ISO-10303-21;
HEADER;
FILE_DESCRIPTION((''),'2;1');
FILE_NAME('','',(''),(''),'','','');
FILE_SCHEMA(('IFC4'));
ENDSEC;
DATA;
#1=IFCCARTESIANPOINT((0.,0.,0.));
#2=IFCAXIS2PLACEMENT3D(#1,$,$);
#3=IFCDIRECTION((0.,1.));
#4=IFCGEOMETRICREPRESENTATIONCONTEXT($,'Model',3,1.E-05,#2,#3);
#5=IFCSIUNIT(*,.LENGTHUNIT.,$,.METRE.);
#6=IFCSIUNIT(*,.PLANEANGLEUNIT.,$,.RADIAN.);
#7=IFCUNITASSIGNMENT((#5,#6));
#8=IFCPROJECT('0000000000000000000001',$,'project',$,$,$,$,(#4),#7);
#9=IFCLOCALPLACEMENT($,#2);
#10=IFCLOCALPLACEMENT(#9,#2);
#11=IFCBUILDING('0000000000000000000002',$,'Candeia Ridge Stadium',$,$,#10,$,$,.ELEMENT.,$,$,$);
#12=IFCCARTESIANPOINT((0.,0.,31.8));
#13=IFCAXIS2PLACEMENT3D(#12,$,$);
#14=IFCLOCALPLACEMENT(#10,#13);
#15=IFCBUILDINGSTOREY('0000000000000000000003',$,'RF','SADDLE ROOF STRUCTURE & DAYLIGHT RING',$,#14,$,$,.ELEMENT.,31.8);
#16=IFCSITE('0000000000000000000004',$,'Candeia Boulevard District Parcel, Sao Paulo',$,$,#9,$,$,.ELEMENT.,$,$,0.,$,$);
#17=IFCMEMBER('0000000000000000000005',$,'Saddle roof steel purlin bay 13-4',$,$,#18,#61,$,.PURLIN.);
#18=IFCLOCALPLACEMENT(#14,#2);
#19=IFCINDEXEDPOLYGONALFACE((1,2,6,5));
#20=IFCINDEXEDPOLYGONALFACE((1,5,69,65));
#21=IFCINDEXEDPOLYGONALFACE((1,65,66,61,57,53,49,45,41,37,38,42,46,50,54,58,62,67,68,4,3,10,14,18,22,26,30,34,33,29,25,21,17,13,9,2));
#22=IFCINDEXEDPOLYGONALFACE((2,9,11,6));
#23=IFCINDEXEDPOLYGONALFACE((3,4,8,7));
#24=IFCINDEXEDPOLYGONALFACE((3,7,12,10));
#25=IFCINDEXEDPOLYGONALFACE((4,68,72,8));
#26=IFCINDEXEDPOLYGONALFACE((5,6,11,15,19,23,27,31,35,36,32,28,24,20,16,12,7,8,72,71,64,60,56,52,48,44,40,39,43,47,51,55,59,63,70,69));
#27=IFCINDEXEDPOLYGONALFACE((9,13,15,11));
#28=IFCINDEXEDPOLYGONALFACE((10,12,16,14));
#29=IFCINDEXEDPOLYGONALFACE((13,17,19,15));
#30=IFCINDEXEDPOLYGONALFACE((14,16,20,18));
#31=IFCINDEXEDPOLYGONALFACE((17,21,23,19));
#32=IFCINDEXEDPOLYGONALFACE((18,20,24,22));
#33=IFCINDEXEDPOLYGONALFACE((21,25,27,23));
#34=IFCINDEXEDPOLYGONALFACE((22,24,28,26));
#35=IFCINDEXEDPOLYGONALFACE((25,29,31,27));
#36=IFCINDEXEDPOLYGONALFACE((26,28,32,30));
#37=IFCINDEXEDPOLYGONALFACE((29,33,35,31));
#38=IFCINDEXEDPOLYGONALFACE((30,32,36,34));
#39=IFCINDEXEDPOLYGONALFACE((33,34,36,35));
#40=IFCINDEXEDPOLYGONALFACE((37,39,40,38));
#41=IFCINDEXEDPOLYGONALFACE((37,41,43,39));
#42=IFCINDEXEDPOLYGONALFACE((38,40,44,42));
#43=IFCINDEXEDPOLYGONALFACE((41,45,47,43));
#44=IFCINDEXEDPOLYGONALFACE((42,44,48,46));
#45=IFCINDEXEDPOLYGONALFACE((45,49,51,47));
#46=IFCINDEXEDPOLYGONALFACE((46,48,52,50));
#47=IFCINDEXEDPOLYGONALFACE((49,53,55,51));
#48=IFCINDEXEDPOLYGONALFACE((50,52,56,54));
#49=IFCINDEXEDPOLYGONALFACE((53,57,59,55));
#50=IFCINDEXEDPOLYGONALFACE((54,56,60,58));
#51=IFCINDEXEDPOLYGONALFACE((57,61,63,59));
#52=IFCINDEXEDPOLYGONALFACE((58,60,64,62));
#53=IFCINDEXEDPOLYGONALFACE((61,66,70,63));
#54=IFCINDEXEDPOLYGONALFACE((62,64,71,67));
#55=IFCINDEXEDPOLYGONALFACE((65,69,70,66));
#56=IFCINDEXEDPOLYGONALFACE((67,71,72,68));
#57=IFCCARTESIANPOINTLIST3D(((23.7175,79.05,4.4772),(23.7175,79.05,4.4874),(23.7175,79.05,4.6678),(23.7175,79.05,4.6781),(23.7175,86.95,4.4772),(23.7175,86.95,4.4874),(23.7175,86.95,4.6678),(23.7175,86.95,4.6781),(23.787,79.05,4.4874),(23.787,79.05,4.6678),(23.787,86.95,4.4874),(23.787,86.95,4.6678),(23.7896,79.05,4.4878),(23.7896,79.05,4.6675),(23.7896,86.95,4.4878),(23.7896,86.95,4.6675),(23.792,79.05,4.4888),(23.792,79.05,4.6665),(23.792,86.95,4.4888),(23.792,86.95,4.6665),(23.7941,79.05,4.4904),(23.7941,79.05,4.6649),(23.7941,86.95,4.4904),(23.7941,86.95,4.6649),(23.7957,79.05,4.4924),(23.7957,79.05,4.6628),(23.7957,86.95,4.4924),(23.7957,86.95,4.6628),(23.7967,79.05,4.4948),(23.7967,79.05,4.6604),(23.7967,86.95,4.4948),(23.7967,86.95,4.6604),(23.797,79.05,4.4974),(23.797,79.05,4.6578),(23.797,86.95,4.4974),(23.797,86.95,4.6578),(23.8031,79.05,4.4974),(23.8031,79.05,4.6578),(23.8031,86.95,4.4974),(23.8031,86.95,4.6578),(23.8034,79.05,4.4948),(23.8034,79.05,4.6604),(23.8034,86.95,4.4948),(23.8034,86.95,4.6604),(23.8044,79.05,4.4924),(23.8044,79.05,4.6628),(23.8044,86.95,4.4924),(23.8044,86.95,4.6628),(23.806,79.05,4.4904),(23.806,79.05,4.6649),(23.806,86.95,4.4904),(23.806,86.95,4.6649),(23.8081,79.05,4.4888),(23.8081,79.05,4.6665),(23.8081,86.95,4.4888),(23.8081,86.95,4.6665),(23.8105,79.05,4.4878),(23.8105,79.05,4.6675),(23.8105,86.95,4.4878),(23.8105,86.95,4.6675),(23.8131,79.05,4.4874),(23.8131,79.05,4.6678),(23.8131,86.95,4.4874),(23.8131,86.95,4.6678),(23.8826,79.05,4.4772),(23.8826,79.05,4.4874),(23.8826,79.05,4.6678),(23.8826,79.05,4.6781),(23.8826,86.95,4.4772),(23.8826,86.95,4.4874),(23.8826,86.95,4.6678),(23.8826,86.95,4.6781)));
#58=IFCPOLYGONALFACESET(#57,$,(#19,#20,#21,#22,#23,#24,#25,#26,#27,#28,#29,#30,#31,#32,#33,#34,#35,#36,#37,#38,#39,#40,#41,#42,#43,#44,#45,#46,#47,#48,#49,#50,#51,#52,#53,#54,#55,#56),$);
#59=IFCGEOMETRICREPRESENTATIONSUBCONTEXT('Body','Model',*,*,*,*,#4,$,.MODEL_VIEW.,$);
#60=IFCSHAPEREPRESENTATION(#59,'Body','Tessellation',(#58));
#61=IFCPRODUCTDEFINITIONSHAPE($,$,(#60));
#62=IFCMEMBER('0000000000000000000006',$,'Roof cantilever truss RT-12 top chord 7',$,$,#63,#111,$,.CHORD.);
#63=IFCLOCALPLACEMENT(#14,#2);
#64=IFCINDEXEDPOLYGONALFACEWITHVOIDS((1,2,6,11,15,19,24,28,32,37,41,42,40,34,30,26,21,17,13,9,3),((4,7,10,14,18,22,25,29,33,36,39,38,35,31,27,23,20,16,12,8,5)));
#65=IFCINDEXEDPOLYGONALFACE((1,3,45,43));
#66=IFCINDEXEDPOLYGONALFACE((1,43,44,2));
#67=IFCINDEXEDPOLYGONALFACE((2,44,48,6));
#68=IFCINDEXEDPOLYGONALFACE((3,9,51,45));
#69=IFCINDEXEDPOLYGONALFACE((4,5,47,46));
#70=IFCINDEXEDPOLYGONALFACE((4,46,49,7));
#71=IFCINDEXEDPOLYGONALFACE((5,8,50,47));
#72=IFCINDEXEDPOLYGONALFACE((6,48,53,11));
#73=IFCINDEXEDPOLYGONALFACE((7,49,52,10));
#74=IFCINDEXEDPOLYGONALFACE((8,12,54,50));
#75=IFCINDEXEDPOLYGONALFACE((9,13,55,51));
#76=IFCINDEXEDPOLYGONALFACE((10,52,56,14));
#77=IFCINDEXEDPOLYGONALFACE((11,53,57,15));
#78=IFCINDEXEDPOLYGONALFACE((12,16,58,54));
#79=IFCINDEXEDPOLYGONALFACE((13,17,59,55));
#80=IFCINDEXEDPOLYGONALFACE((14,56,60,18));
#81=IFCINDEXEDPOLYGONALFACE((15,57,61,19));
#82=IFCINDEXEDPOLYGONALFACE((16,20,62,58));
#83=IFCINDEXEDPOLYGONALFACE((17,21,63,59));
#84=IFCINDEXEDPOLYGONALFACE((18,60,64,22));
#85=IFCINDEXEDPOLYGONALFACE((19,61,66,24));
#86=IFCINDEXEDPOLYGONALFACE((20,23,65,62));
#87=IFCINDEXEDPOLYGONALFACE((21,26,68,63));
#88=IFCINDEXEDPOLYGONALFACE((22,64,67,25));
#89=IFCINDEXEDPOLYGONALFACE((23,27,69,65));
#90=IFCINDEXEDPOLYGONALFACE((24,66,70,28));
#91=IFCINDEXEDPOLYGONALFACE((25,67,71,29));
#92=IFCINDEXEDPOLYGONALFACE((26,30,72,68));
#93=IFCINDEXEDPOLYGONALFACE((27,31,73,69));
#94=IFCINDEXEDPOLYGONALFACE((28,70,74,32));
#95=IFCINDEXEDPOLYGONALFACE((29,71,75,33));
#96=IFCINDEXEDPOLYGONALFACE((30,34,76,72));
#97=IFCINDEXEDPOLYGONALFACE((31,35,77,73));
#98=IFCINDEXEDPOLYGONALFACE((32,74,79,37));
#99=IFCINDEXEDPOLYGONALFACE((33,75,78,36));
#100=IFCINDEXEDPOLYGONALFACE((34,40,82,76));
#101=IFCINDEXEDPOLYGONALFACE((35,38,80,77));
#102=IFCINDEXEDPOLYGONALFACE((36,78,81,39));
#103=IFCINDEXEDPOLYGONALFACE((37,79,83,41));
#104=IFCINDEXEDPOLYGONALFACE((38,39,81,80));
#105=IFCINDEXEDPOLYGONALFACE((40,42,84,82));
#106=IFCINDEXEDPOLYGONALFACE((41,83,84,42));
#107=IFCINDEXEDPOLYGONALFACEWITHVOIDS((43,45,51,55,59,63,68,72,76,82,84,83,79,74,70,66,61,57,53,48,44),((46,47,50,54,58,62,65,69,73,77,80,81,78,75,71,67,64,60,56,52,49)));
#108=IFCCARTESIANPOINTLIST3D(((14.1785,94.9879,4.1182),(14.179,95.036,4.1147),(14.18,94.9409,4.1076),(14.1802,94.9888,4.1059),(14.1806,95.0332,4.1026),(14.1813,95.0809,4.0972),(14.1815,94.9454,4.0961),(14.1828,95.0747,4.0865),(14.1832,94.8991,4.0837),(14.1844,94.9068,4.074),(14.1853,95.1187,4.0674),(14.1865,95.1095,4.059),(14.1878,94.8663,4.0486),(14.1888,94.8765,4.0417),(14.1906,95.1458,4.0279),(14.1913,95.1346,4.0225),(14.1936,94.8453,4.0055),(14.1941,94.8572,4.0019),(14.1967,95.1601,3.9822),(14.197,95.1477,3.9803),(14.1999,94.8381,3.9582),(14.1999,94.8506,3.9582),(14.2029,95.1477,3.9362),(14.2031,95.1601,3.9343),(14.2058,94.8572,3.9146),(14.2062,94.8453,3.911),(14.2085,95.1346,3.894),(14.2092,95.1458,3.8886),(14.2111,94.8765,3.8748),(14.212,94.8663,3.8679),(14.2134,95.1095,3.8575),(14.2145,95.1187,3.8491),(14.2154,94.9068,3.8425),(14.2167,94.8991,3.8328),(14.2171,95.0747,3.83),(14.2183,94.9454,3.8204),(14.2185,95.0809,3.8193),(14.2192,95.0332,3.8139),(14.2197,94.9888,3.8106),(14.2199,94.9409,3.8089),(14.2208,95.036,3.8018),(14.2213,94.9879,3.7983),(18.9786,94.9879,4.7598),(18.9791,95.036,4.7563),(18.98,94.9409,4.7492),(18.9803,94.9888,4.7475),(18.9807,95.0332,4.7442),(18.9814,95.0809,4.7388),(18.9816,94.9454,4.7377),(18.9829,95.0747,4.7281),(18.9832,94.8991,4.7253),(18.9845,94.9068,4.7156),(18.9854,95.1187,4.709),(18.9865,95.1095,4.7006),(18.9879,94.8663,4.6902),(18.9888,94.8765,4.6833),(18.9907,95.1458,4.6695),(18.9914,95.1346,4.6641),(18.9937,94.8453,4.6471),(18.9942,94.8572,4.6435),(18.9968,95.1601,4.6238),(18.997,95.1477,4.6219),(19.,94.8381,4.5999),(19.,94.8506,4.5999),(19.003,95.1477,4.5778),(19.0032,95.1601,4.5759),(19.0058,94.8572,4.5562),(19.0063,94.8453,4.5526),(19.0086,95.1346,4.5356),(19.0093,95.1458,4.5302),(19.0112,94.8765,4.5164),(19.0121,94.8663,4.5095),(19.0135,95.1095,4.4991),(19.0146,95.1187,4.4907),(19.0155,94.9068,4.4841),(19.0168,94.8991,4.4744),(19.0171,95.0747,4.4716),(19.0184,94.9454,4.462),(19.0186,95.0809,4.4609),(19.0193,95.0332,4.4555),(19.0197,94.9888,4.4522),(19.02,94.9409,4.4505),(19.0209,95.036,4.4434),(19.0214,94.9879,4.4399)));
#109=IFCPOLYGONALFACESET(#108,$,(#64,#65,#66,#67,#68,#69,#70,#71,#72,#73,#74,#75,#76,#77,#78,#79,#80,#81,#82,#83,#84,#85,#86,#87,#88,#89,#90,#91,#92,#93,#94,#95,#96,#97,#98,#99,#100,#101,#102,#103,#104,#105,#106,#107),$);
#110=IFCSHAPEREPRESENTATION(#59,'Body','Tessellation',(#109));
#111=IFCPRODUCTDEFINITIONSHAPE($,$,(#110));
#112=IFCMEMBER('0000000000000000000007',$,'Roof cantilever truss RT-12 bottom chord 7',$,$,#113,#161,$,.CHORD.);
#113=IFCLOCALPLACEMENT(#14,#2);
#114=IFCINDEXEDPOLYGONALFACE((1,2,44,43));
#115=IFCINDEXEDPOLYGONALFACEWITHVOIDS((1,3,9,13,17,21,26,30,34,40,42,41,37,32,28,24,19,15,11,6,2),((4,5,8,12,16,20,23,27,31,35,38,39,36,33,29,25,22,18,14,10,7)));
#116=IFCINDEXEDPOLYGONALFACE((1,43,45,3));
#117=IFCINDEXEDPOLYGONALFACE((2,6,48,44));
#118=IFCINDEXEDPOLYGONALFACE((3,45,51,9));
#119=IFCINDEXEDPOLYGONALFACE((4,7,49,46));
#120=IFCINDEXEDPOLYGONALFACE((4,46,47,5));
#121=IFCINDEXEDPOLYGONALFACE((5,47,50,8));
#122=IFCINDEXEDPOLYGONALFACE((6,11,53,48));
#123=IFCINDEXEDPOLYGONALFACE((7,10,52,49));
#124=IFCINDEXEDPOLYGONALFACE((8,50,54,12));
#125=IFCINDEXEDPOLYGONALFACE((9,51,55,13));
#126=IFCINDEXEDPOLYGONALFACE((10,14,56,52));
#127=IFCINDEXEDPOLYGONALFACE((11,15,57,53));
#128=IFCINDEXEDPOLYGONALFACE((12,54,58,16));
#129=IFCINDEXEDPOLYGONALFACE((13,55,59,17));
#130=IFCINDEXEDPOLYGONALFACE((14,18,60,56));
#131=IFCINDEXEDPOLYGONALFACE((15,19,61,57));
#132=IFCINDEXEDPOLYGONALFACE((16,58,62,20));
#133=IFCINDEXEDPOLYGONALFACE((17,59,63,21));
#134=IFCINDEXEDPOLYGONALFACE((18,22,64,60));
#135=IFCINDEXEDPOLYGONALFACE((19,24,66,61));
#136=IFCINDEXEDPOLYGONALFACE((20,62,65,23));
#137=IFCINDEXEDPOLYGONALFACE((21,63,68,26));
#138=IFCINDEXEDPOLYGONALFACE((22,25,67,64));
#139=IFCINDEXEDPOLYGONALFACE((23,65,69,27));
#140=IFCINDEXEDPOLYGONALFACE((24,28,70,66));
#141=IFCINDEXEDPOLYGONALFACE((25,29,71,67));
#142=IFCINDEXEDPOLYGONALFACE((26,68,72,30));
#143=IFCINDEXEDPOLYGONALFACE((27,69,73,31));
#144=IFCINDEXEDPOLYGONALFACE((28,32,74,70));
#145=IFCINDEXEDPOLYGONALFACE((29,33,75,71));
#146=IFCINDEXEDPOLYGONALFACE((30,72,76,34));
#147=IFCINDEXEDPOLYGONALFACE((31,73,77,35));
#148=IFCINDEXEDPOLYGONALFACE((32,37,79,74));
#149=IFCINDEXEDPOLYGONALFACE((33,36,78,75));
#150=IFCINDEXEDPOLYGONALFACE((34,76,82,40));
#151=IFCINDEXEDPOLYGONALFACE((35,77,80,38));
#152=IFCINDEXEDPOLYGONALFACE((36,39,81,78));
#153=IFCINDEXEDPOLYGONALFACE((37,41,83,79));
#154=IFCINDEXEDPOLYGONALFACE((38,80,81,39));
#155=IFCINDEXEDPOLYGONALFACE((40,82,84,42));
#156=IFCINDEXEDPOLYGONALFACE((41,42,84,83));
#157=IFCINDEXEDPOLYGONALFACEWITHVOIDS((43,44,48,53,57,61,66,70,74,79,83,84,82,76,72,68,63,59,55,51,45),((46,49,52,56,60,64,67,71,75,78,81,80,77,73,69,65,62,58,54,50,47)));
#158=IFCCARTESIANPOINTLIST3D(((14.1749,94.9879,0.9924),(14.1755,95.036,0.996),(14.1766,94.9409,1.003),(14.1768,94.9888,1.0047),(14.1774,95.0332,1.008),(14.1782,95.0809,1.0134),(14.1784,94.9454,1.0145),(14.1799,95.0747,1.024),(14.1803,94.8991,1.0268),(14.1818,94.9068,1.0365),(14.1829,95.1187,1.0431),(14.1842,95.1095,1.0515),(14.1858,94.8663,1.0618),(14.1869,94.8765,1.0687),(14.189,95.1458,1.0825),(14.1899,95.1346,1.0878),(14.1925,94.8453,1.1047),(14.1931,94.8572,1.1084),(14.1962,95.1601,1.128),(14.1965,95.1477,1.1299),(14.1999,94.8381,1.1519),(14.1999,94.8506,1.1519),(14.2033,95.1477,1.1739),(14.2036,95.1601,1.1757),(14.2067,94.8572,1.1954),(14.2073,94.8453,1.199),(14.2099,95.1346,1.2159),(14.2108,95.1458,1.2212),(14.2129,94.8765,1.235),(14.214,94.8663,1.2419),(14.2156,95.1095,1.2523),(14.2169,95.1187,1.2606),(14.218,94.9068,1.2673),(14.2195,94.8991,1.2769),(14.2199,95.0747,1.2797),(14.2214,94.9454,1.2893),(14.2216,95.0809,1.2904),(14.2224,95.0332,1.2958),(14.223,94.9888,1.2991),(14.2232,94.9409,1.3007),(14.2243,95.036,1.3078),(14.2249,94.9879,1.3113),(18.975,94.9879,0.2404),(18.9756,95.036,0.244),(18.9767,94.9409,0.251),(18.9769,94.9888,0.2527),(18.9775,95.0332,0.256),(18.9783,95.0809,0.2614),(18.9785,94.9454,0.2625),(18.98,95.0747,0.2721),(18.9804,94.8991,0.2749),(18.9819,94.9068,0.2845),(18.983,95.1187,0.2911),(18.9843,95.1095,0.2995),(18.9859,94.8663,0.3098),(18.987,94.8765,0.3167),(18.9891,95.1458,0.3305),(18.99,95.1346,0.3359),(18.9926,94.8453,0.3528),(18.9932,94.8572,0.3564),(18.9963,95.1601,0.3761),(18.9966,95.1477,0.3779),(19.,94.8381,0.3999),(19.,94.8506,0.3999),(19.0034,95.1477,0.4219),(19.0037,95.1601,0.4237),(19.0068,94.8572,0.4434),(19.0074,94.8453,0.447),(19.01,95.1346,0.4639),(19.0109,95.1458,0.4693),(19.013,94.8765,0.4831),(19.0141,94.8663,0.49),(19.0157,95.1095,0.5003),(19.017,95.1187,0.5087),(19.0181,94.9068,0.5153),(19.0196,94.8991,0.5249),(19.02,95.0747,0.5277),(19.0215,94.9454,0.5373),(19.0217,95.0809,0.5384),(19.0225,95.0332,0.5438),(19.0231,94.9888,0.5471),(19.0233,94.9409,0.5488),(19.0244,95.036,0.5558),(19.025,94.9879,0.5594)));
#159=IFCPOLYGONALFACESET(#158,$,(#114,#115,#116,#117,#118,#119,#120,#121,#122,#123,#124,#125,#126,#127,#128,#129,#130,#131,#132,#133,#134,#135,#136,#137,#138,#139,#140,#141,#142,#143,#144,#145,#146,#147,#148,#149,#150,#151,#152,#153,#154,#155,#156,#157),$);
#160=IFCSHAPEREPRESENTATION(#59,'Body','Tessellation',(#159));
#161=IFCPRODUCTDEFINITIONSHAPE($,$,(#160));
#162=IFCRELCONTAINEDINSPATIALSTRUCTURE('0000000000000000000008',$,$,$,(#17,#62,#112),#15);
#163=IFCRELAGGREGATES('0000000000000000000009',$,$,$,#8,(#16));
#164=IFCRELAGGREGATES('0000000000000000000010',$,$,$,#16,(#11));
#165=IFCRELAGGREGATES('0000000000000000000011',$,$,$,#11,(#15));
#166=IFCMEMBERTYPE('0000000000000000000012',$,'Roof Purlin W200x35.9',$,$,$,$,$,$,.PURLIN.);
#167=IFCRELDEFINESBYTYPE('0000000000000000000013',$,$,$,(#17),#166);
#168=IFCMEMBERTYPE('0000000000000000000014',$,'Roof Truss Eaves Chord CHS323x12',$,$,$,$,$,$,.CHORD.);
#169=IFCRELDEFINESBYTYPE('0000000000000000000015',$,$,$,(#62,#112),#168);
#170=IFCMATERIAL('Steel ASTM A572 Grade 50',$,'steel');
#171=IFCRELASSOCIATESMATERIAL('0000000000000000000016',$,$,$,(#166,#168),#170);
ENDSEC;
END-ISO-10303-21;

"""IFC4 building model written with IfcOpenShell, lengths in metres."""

from ifc_helpers import new_model, si_unit, direction, frame, origin, origin_2d, place, context, subcontext, project, spatial, hollow_circle, i_section, extrude, material, material_profile, profile_set, type_object, element, save


model = new_model("IFC4")

# Units and contexts
model_context = context("Model", 3, precision=1e-05, world=origin(), true_north=direction((0.0, 1.0)))
body_context = subcontext(model_context, "Body", "Model", "MODEL_VIEW")
ifc_project = project(units=[si_unit("LENGTHUNIT", "METRE"), si_unit("PLANEANGLEUNIT", "RADIAN")], contexts=[model_context])

# Site, building, storey
site_placement = place(None, origin())
site = spatial("IfcSite", under=ifc_project, at=site_placement, Name="Candeia Boulevard District Parcel, Sao Paulo", CompositionType="ELEMENT", RefElevation=0.0)
building_placement = place(site_placement, origin())
building = spatial("IfcBuilding", under=site, at=building_placement, Name="Candeia Ridge Stadium", CompositionType="ELEMENT")
storey_placement = place(building_placement, frame((0.0, 0.0, 31.8)))
storey = spatial("IfcBuildingStorey", under=building, at=storey_placement, Name="RF", Description="SADDLE ROOF STRUCTURE & DAYLIGHT RING", CompositionType="ELEMENT", Elevation=31.8)

# Shared definitions
ifc_material_1 = material(Name="Steel ASTM A572 Grade 50", Category="steel")

# Members
ifc_material_profile_1 = material_profile(ifc_material_1, i_section(OverallWidth=0.165, OverallDepth=0.2009, WebThickness=0.0061, FlangeThickness=0.0103, FilletRadius=0.01, at=origin_2d()), Name="W200x35.9", Category="steel")
ifc_profile_set_1 = profile_set([ifc_material_profile_1], Name="Steel ASTM A572 Grade 50")
member_type_1 = type_object("IfcMemberType", Name="Roof Purlin W200x35.9", PredefinedType="PURLIN", material=ifc_profile_set_1)
for number, where, z_axis, x_axis, name in (
    (1, (23.8, 86.95, 4.5776), (0.0, -1.0, 0.0), (1.0, 0.0, 0.0), "Saddle roof steel purlin bay 13-4"),
):
    element("IfcMember", number, at=place(storey_placement, frame(where, z_axis=z_axis, x_axis=x_axis)), inside=storey, type_object=member_type_1, Name=name, PredefinedType="PURLIN", context=body_context, shape_type="SweptSolid", body=[
        extrude(i_section(OverallWidth=0.165, OverallDepth=0.2009, WebThickness=0.0061, FlangeThickness=0.0103, FilletRadius=0.01, at=origin_2d()), origin(), (0.0, 0.0, 1.0), 7.8999),
    ])
ifc_material_profile_2 = material_profile(ifc_material_1, hollow_circle(Radius=0.1619, WallThickness=0.0125, at=origin_2d()), Name="CHS323x12", Category="steel")
ifc_profile_set_2 = profile_set([ifc_material_profile_2], Name="Steel ASTM A572 Grade 50")
member_type_2 = type_object("IfcMemberType", Name="Roof Truss Eaves Chord CHS323x12", PredefinedType="CHORD", material=ifc_profile_set_2)
member_1_placement = place(storey_placement, frame((19.0, 95.0, 4.5999), z_axis=(-0.991185, 0.0, -0.132487), x_axis=(0.0, -1.0, 0.0)))
element("IfcMember", 2, at=member_1_placement, inside=storey, type_object=member_type_2, Name="Roof cantilever truss RT-12 top chord 7", PredefinedType="CHORD", context=body_context, shape_type="SweptSolid", body=[
    extrude(hollow_circle(Radius=0.1619, WallThickness=0.0125, at=origin_2d()), origin(), (0.0, 0.0, 1.0), 4.8428),
])
member_2_placement = place(storey_placement, frame((19.0, 95.0, 0.3999), z_axis=(-0.987951, 0.0, 0.154768), x_axis=(0.0, -1.0, 0.0)))
element("IfcMember", 3, at=member_2_placement, inside=storey, type_object=member_type_2, Name="Roof cantilever truss RT-12 bottom chord 7", PredefinedType="CHORD", context=body_context, shape_type="SweptSolid", body=[
    extrude(hollow_circle(Radius=0.1619, WallThickness=0.0125, at=origin_2d()), origin(), (0.0, 0.0, 1.0), 4.8586),
])

save(model, "model.ifc")
